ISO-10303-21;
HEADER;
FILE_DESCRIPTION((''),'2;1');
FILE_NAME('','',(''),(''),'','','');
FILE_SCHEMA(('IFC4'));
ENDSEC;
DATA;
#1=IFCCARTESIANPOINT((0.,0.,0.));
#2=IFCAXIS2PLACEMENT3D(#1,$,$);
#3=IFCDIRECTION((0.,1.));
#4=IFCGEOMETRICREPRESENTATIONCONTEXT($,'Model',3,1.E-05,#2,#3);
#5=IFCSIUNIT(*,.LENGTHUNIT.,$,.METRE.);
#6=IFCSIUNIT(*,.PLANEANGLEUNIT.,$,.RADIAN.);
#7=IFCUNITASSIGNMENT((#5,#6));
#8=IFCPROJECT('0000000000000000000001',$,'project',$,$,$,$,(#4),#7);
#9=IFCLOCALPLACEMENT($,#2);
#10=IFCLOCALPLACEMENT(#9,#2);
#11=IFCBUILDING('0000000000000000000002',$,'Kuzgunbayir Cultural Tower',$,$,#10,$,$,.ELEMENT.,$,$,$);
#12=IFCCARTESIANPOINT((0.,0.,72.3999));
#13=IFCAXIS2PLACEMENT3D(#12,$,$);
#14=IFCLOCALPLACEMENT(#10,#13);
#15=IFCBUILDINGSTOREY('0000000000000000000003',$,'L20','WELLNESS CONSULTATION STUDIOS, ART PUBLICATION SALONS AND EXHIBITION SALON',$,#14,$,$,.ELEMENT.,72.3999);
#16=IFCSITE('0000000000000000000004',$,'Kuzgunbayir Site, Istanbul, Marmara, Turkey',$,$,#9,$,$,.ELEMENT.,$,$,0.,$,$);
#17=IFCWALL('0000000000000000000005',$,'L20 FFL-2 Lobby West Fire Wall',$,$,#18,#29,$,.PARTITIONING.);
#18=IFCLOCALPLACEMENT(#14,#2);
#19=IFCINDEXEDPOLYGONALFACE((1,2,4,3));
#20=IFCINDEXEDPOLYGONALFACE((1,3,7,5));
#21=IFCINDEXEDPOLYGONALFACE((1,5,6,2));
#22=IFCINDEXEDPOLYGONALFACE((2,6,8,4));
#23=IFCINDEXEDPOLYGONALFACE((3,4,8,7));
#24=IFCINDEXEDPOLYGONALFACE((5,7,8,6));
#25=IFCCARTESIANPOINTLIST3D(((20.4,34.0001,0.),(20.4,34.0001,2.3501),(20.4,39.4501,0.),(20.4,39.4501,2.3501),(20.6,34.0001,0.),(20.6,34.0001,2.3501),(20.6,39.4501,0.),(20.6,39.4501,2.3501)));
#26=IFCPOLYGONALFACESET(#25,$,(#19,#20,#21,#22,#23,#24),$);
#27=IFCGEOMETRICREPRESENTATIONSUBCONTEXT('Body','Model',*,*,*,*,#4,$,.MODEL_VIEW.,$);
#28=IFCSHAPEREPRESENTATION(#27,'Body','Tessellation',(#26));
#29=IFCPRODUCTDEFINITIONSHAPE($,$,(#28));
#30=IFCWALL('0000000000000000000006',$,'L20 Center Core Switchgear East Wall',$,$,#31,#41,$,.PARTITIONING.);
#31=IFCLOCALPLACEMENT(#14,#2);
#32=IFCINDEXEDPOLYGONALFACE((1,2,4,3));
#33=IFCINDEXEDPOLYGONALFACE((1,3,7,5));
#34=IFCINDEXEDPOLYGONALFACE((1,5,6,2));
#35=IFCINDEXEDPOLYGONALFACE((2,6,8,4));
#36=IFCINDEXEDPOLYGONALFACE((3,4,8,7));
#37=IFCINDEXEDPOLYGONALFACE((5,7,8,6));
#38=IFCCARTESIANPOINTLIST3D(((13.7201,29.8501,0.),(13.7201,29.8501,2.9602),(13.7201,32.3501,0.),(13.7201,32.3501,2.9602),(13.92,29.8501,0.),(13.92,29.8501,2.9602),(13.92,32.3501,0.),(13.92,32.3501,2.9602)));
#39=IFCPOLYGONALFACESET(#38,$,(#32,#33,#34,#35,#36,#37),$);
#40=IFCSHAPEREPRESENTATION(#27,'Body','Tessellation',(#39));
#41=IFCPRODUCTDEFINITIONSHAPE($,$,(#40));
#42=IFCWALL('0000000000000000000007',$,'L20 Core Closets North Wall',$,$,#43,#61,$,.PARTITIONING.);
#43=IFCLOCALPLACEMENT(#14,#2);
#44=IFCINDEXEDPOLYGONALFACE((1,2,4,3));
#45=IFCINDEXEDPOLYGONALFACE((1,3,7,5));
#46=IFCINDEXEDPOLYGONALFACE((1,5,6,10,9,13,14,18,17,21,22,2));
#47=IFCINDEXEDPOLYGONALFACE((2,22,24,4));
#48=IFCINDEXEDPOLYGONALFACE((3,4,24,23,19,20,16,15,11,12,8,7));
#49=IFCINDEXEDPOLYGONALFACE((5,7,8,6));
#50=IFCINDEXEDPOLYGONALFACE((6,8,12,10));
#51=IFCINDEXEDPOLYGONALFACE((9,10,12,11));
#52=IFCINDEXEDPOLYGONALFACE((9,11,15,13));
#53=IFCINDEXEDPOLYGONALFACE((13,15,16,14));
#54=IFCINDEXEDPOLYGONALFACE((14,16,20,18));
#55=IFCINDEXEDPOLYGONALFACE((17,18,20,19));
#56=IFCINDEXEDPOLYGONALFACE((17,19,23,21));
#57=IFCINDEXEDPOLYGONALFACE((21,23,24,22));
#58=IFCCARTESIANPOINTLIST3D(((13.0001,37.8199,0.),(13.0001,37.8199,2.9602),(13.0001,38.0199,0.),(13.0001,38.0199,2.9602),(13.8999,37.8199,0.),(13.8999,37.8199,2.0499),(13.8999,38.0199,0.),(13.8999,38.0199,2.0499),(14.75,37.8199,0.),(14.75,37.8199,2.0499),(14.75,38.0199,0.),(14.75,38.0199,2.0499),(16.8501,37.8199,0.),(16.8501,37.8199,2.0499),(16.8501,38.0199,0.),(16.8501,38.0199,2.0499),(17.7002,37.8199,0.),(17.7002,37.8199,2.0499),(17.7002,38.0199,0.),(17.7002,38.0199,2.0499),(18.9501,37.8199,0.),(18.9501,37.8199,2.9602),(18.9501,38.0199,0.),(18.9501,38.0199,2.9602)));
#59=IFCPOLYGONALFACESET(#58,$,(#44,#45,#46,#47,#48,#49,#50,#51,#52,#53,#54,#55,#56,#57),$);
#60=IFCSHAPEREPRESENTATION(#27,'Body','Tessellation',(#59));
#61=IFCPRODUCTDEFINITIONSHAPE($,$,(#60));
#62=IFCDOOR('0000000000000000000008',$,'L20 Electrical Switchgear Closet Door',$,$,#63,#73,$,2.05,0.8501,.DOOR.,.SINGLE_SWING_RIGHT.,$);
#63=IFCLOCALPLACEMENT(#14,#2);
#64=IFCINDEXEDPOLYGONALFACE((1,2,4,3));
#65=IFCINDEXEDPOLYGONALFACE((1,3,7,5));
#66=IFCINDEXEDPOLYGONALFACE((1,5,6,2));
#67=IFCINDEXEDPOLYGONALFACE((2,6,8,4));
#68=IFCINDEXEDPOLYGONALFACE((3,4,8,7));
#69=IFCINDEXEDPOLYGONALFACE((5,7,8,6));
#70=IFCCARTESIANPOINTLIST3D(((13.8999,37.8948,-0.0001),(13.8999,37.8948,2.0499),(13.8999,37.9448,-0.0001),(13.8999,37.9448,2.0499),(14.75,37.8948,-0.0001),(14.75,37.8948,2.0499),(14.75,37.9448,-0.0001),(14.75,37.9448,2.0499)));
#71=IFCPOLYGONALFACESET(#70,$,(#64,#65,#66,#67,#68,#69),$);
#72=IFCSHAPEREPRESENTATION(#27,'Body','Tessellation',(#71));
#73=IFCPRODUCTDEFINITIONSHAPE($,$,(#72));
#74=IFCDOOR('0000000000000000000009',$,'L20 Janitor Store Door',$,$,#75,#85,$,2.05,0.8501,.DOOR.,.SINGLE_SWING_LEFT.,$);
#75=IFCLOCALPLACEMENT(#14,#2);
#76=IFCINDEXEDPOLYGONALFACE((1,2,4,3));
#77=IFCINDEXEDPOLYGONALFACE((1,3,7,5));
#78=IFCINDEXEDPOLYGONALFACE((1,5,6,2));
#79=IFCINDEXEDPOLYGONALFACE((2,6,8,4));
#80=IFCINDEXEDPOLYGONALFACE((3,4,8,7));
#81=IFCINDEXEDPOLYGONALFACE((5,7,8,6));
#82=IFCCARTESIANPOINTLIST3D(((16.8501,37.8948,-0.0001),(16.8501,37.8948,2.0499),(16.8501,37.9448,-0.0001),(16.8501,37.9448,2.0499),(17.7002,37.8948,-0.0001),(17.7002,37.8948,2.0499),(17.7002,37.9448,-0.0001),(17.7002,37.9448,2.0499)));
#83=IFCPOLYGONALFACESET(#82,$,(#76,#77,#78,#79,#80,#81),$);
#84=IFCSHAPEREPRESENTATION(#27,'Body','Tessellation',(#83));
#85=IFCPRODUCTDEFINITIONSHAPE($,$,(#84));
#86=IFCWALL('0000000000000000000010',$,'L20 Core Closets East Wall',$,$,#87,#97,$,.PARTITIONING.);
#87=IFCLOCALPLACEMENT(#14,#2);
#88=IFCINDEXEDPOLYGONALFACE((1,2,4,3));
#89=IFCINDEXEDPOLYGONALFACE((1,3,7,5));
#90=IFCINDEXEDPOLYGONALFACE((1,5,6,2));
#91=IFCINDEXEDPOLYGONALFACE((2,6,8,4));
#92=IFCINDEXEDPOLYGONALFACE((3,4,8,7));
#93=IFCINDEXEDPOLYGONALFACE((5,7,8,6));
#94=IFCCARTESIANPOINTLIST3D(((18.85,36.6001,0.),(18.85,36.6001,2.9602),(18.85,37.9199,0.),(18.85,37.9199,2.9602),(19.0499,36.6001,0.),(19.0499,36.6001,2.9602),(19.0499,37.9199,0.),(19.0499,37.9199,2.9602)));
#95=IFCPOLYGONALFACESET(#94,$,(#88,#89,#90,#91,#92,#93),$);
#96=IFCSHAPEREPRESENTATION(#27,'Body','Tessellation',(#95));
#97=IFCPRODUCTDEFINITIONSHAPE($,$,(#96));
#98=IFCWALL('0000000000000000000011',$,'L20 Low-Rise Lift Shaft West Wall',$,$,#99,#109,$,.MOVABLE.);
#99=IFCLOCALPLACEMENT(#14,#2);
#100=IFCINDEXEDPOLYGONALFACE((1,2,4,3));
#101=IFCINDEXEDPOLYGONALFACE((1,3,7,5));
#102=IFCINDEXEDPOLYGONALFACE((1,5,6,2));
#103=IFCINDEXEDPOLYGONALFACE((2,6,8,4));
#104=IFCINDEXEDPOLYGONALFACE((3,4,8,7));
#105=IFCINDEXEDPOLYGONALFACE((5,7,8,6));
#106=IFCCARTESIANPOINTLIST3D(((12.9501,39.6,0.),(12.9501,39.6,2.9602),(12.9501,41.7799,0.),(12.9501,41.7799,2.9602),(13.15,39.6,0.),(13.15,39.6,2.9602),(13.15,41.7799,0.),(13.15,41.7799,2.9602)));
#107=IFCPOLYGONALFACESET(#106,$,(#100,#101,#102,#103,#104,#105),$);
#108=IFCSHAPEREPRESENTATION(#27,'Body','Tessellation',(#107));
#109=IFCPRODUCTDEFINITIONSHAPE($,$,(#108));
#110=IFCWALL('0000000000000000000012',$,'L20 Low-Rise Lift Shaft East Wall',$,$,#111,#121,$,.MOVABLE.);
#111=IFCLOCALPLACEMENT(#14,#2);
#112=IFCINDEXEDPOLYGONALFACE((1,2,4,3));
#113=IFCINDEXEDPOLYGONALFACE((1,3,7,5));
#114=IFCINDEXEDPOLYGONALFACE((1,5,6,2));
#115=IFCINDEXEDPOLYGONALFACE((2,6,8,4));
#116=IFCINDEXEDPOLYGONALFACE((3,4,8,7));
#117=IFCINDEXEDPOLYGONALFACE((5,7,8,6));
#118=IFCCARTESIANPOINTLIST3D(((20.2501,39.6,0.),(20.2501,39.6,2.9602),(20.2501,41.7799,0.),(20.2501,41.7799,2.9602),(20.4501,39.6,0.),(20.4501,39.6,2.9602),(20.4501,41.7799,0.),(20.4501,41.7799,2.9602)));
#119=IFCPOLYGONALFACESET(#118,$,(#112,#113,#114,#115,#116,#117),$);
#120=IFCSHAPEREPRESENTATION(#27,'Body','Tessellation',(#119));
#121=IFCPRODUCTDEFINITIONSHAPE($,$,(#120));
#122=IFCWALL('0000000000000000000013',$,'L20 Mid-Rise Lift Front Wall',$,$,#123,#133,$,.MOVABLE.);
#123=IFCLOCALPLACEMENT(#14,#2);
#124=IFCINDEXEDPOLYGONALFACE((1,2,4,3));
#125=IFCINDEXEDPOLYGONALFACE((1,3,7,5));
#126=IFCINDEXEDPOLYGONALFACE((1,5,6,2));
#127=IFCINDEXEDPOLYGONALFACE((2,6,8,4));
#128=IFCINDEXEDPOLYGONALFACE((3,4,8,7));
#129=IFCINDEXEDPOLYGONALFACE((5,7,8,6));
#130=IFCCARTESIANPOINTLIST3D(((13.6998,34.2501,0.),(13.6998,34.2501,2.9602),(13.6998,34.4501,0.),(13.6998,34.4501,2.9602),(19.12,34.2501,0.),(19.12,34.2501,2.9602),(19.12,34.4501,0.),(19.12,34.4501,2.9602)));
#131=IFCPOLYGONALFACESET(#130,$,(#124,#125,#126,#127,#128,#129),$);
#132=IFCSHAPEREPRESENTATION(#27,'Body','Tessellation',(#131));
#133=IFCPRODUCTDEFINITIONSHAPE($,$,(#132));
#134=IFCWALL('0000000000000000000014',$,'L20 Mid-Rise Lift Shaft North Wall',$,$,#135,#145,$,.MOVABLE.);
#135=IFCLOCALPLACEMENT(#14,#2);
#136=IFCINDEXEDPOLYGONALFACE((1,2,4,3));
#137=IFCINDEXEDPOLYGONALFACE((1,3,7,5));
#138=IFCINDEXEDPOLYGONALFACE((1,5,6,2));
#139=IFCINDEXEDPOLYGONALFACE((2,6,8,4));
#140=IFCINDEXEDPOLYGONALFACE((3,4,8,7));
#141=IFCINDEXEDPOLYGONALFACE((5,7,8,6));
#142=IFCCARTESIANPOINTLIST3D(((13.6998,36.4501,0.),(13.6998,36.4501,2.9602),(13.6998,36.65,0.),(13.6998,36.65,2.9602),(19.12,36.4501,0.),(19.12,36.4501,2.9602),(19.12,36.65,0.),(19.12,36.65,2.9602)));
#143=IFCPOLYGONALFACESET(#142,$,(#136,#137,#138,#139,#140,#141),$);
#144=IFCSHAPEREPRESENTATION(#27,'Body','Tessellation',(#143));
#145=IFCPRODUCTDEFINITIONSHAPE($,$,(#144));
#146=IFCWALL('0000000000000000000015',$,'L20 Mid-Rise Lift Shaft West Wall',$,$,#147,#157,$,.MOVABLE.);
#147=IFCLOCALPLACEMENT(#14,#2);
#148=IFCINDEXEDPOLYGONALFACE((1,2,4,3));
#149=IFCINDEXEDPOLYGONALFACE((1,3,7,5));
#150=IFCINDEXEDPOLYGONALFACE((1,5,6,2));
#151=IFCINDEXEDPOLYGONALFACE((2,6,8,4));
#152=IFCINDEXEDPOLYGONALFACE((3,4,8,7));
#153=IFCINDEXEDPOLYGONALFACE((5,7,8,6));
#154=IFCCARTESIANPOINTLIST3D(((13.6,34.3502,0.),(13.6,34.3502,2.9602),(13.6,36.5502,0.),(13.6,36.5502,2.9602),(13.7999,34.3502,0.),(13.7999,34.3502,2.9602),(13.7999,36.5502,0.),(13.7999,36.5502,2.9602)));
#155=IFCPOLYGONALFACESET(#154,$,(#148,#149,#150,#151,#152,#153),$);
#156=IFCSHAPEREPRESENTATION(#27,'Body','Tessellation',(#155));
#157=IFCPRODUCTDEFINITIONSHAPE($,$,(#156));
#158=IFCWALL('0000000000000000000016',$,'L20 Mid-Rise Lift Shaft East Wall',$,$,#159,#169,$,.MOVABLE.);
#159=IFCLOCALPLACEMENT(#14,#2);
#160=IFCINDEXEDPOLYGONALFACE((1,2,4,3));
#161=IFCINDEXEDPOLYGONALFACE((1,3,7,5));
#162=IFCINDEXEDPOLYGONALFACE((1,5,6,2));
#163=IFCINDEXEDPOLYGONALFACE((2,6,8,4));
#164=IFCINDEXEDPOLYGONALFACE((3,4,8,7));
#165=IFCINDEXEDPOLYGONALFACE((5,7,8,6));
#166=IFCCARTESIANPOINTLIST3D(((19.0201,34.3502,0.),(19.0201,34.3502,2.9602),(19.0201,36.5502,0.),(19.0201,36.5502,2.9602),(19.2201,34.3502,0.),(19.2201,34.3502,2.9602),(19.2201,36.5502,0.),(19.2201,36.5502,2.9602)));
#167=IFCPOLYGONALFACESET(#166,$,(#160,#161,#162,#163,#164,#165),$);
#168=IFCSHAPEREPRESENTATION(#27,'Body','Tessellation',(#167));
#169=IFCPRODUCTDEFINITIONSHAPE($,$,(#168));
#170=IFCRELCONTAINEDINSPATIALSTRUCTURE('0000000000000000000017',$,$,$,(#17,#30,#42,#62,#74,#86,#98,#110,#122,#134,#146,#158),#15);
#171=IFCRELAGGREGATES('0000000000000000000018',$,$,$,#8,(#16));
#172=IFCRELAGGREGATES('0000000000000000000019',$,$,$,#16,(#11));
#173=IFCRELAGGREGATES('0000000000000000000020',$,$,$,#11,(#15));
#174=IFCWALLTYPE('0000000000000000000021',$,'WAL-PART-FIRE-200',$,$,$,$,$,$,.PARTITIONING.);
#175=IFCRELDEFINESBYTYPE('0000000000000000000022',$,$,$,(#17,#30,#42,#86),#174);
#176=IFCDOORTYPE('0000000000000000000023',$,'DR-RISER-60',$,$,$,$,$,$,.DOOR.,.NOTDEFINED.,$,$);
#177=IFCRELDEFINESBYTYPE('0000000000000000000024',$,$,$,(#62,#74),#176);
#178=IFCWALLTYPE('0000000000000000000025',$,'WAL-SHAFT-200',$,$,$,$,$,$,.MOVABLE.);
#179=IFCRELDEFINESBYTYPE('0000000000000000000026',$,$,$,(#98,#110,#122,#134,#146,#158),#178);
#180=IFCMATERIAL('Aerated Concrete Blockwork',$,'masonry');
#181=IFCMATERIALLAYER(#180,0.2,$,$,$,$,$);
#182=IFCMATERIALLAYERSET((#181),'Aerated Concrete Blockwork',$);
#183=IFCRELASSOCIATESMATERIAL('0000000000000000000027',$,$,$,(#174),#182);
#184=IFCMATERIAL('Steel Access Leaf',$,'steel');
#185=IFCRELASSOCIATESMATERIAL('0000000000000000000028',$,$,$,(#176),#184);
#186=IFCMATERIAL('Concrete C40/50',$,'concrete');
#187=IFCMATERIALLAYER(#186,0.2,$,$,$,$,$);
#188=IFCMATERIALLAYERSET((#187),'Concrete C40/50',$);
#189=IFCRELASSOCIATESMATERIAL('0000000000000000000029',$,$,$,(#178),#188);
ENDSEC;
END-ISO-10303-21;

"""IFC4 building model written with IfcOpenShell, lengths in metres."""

from ifc_helpers import new_model, si_unit, direction, frame, frame_2d, origin, place, context, subcontext, project, spatial, rectangle, extrude, material, layer, layer_set, type_object, element, fill, save


model = new_model("IFC4")

# Units and contexts
model_context = context("Model", 3, precision=1e-05, world=origin(), true_north=direction((0.0, 1.0)))
body_context = subcontext(model_context, "Body", "Model", "MODEL_VIEW")
ifc_project = project(units=[si_unit("LENGTHUNIT", "METRE"), si_unit("PLANEANGLEUNIT", "RADIAN")], contexts=[model_context])

# Site, building, storey
site_placement = place(None, origin())
site = spatial("IfcSite", under=ifc_project, at=site_placement, Name="Kuzgunbayir Site, Istanbul, Marmara, Turkey", CompositionType="ELEMENT", RefElevation=0.0)
building_placement = place(site_placement, origin())
building = spatial("IfcBuilding", under=site, at=building_placement, Name="Kuzgunbayir Cultural Tower", CompositionType="ELEMENT")
storey_placement = place(building_placement, frame((0.0, 0.0, 72.3999)))
storey = spatial("IfcBuildingStorey", under=building, at=storey_placement, Name="L20", Description="WELLNESS CONSULTATION STUDIOS, ART PUBLICATION SALONS AND EXHIBITION SALON", CompositionType="ELEMENT", Elevation=72.3999)

# Walls
ifc_material_1 = material(Name="Aerated Concrete Blockwork", Category="masonry")
ifc_layer_1 = layer(ifc_material_1, 0.2)
ifc_layer_set_1 = layer_set([ifc_layer_1], Name="Aerated Concrete Blockwork")
wall_type_1 = type_object("IfcWallType", Name="WAL-PART-FIRE-200", PredefinedType="PARTITIONING", material=ifc_layer_set_1)
wall_1_placement = place(storey_placement, frame((20.5, 34.0, 0.0), z_axis=(0.0, 0.0, 1.0), x_axis=(0.0, 1.0, 0.0)))
element("IfcWall", 1, at=wall_1_placement, inside=storey, type_object=wall_type_1, Name="L20 FFL-2 Lobby West Fire Wall", PredefinedType="PARTITIONING", context=body_context, shape_type="SweptSolid", body=[
    extrude(rectangle(XDim=5.45, YDim=0.2, at=frame_2d((2.7251, 0.0))), origin(), (0.0, 0.0, 1.0), 2.3501),
])
wall_2_placement = place(storey_placement, frame((13.8201, 29.8501, 0.0), z_axis=(0.0, 0.0, 1.0), x_axis=(0.0, 1.0, 0.0)))
element("IfcWall", 2, at=wall_2_placement, inside=storey, type_object=wall_type_1, Name="L20 Center Core Switchgear East Wall", PredefinedType="PARTITIONING", context=body_context, shape_type="SweptSolid", body=[
    extrude(rectangle(XDim=2.5, YDim=0.2, at=frame_2d((1.25, 0.0))), origin(), (0.0, 0.0, 1.0), 2.9602),
])

# Wall, openings, doors
wall_3_placement = place(storey_placement, frame((13.0, 37.9199, 0.0), z_axis=(0.0, 0.0, 1.0), x_axis=(1.0, 0.0, 0.0)))
wall_3 = element("IfcWall", 3, at=wall_3_placement, inside=storey, type_object=wall_type_1, Name="L20 Core Closets North Wall", PredefinedType="PARTITIONING", context=body_context, shape_type="SweptSolid", body=[
    extrude(rectangle(XDim=5.95, YDim=0.2, at=frame_2d((2.9751, 0.0))), origin(), (0.0, 0.0, 1.0), 2.9602),
])
opening_1_placement = place(wall_3_placement, frame((0.8999, 0.0, 0.0)))
opening_1 = element("IfcOpeningElement", 4, at=opening_1_placement, cuts=wall_3, PredefinedType="OPENING", context=body_context, shape_type="SweptSolid", body=[
    extrude(rectangle(XDim=0.8501, YDim=2.05, at=frame_2d((0.425, 1.0249))), frame((0.0, 0.1099, 0.0), z_axis=(0.0, -1.0, 0.0), x_axis=(1.0, 0.0, 0.0)), (0.0, 0.0, 1.0), 0.22),
])
opening_2_placement = place(wall_3_placement, frame((3.8501, 0.0, 0.0)))
opening_2 = element("IfcOpeningElement", 5, at=opening_2_placement, cuts=wall_3, PredefinedType="OPENING", context=body_context, shape_type="SweptSolid", body=[
    extrude(rectangle(XDim=0.8501, YDim=2.05, at=frame_2d((0.425, 1.0249))), frame((0.0, 0.1099, 0.0), z_axis=(0.0, -1.0, 0.0), x_axis=(1.0, 0.0, 0.0)), (0.0, 0.0, 1.0), 0.22),
])
ifc_material_2 = material(Name="Steel Access Leaf", Category="steel")
door_type_1 = type_object("IfcDoorType", Name="DR-RISER-60", OperationType="NOTDEFINED", PredefinedType="DOOR", material=ifc_material_2)
door_1_placement = place(opening_1_placement, origin())
door_1 = element("IfcDoor", 6, at=door_1_placement, inside=storey, type_object=door_type_1, Name="L20 Electrical Switchgear Closet Door", OperationType="SINGLE_SWING_RIGHT", OverallHeight=2.05, OverallWidth=0.8501, PredefinedType="DOOR", context=body_context, shape_type="SweptSolid", body=[
    extrude(rectangle(XDim=0.8501, YDim=2.05, at=frame_2d((0.425, 1.0249))), frame((0.0, 0.0249, 0.0), z_axis=(0.0, -1.0, 0.0), x_axis=(1.0, 0.0, 0.0)), (0.0, 0.0, 1.0), 0.05),
])
fill(opening_1, door_1)
door_2_placement = place(opening_2_placement, origin())
door_2 = element("IfcDoor", 7, at=door_2_placement, inside=storey, type_object=door_type_1, Name="L20 Janitor Store Door", OperationType="SINGLE_SWING_LEFT", OverallHeight=2.05, OverallWidth=0.8501, PredefinedType="DOOR", context=body_context, shape_type="SweptSolid", body=[
    extrude(rectangle(XDim=0.8501, YDim=2.05, at=frame_2d((0.425, 1.0249))), frame((0.0, 0.0249, 0.0), z_axis=(0.0, -1.0, 0.0), x_axis=(1.0, 0.0, 0.0)), (0.0, 0.0, 1.0), 0.05),
])
fill(opening_2, door_2)

# Wall
wall_4_placement = place(storey_placement, frame((18.95, 36.6001, 0.0), z_axis=(0.0, 0.0, 1.0), x_axis=(0.0, 1.0, 0.0)))
element("IfcWall", 8, at=wall_4_placement, inside=storey, type_object=wall_type_1, Name="L20 Core Closets East Wall", PredefinedType="PARTITIONING", context=body_context, shape_type="SweptSolid", body=[
    extrude(rectangle(XDim=1.3198, YDim=0.2, at=frame_2d((0.6599, 0.0))), origin(), (0.0, 0.0, 1.0), 2.9602),
])

# Shared definitions
ifc_material_3 = material(Name="Concrete C40/50", Category="concrete")
ifc_layer_2 = layer(ifc_material_3, 0.2)
ifc_layer_set_2 = layer_set([ifc_layer_2], Name="Concrete C40/50")
wall_type_2 = type_object("IfcWallType", Name="WAL-SHAFT-200", PredefinedType="MOVABLE", material=ifc_layer_set_2)

# Walls
for number, where, z_axis, x_axis, name in (
    (9, (13.05, 39.6001, 0.0), (0.0, 0.0, 1.0), (0.0, 1.0, 0.0), "L20 Low-Rise Lift Shaft West Wall"),
    (10, (20.3501, 39.6001, 0.0), (0.0, 0.0, 1.0), (0.0, 1.0, 0.0), "L20 Low-Rise Lift Shaft East Wall"),
):
    element("IfcWall", number, at=place(storey_placement, frame(where, z_axis=z_axis, x_axis=x_axis)), inside=storey, type_object=wall_type_2, Name=name, PredefinedType="MOVABLE", context=body_context, shape_type="SweptSolid", body=[
        extrude(rectangle(XDim=2.1799, YDim=0.2, at=frame_2d((1.0898, 0.0))), origin(), (0.0, 0.0, 1.0), 2.9602),
    ])
for number, where, z_axis, x_axis, name in (
    (11, (13.7, 34.3501, 0.0), (0.0, 0.0, 1.0), (1.0, 0.0, 0.0), "L20 Mid-Rise Lift Front Wall"),
    (12, (13.7, 36.55, 0.0), (0.0, 0.0, 1.0), (1.0, 0.0, 0.0), "L20 Mid-Rise Lift Shaft North Wall"),
):
    element("IfcWall", number, at=place(storey_placement, frame(where, z_axis=z_axis, x_axis=x_axis)), inside=storey, type_object=wall_type_2, Name=name, PredefinedType="MOVABLE", context=body_context, shape_type="SweptSolid", body=[
        extrude(rectangle(XDim=5.4202, YDim=0.2, at=frame_2d((2.71, 0.0))), origin(), (0.0, 0.0, 1.0), 2.9602),
    ])
for number, where, z_axis, x_axis, name in (
    (13, (13.7, 34.3501, 0.0), (0.0, 0.0, 1.0), (0.0, 1.0, 0.0), "L20 Mid-Rise Lift Shaft West Wall"),
    (14, (19.1201, 34.3501, 0.0), (0.0, 0.0, 1.0), (0.0, 1.0, 0.0), "L20 Mid-Rise Lift Shaft East Wall"),
):
    element("IfcWall", number, at=place(storey_placement, frame(where, z_axis=z_axis, x_axis=x_axis)), inside=storey, type_object=wall_type_2, Name=name, PredefinedType="MOVABLE", context=body_context, shape_type="SweptSolid", body=[
        extrude(rectangle(XDim=2.2, YDim=0.2, at=frame_2d((1.1001, 0.0))), origin(), (0.0, 0.0, 1.0), 2.9602),
    ])

save(model, "model.ifc")
